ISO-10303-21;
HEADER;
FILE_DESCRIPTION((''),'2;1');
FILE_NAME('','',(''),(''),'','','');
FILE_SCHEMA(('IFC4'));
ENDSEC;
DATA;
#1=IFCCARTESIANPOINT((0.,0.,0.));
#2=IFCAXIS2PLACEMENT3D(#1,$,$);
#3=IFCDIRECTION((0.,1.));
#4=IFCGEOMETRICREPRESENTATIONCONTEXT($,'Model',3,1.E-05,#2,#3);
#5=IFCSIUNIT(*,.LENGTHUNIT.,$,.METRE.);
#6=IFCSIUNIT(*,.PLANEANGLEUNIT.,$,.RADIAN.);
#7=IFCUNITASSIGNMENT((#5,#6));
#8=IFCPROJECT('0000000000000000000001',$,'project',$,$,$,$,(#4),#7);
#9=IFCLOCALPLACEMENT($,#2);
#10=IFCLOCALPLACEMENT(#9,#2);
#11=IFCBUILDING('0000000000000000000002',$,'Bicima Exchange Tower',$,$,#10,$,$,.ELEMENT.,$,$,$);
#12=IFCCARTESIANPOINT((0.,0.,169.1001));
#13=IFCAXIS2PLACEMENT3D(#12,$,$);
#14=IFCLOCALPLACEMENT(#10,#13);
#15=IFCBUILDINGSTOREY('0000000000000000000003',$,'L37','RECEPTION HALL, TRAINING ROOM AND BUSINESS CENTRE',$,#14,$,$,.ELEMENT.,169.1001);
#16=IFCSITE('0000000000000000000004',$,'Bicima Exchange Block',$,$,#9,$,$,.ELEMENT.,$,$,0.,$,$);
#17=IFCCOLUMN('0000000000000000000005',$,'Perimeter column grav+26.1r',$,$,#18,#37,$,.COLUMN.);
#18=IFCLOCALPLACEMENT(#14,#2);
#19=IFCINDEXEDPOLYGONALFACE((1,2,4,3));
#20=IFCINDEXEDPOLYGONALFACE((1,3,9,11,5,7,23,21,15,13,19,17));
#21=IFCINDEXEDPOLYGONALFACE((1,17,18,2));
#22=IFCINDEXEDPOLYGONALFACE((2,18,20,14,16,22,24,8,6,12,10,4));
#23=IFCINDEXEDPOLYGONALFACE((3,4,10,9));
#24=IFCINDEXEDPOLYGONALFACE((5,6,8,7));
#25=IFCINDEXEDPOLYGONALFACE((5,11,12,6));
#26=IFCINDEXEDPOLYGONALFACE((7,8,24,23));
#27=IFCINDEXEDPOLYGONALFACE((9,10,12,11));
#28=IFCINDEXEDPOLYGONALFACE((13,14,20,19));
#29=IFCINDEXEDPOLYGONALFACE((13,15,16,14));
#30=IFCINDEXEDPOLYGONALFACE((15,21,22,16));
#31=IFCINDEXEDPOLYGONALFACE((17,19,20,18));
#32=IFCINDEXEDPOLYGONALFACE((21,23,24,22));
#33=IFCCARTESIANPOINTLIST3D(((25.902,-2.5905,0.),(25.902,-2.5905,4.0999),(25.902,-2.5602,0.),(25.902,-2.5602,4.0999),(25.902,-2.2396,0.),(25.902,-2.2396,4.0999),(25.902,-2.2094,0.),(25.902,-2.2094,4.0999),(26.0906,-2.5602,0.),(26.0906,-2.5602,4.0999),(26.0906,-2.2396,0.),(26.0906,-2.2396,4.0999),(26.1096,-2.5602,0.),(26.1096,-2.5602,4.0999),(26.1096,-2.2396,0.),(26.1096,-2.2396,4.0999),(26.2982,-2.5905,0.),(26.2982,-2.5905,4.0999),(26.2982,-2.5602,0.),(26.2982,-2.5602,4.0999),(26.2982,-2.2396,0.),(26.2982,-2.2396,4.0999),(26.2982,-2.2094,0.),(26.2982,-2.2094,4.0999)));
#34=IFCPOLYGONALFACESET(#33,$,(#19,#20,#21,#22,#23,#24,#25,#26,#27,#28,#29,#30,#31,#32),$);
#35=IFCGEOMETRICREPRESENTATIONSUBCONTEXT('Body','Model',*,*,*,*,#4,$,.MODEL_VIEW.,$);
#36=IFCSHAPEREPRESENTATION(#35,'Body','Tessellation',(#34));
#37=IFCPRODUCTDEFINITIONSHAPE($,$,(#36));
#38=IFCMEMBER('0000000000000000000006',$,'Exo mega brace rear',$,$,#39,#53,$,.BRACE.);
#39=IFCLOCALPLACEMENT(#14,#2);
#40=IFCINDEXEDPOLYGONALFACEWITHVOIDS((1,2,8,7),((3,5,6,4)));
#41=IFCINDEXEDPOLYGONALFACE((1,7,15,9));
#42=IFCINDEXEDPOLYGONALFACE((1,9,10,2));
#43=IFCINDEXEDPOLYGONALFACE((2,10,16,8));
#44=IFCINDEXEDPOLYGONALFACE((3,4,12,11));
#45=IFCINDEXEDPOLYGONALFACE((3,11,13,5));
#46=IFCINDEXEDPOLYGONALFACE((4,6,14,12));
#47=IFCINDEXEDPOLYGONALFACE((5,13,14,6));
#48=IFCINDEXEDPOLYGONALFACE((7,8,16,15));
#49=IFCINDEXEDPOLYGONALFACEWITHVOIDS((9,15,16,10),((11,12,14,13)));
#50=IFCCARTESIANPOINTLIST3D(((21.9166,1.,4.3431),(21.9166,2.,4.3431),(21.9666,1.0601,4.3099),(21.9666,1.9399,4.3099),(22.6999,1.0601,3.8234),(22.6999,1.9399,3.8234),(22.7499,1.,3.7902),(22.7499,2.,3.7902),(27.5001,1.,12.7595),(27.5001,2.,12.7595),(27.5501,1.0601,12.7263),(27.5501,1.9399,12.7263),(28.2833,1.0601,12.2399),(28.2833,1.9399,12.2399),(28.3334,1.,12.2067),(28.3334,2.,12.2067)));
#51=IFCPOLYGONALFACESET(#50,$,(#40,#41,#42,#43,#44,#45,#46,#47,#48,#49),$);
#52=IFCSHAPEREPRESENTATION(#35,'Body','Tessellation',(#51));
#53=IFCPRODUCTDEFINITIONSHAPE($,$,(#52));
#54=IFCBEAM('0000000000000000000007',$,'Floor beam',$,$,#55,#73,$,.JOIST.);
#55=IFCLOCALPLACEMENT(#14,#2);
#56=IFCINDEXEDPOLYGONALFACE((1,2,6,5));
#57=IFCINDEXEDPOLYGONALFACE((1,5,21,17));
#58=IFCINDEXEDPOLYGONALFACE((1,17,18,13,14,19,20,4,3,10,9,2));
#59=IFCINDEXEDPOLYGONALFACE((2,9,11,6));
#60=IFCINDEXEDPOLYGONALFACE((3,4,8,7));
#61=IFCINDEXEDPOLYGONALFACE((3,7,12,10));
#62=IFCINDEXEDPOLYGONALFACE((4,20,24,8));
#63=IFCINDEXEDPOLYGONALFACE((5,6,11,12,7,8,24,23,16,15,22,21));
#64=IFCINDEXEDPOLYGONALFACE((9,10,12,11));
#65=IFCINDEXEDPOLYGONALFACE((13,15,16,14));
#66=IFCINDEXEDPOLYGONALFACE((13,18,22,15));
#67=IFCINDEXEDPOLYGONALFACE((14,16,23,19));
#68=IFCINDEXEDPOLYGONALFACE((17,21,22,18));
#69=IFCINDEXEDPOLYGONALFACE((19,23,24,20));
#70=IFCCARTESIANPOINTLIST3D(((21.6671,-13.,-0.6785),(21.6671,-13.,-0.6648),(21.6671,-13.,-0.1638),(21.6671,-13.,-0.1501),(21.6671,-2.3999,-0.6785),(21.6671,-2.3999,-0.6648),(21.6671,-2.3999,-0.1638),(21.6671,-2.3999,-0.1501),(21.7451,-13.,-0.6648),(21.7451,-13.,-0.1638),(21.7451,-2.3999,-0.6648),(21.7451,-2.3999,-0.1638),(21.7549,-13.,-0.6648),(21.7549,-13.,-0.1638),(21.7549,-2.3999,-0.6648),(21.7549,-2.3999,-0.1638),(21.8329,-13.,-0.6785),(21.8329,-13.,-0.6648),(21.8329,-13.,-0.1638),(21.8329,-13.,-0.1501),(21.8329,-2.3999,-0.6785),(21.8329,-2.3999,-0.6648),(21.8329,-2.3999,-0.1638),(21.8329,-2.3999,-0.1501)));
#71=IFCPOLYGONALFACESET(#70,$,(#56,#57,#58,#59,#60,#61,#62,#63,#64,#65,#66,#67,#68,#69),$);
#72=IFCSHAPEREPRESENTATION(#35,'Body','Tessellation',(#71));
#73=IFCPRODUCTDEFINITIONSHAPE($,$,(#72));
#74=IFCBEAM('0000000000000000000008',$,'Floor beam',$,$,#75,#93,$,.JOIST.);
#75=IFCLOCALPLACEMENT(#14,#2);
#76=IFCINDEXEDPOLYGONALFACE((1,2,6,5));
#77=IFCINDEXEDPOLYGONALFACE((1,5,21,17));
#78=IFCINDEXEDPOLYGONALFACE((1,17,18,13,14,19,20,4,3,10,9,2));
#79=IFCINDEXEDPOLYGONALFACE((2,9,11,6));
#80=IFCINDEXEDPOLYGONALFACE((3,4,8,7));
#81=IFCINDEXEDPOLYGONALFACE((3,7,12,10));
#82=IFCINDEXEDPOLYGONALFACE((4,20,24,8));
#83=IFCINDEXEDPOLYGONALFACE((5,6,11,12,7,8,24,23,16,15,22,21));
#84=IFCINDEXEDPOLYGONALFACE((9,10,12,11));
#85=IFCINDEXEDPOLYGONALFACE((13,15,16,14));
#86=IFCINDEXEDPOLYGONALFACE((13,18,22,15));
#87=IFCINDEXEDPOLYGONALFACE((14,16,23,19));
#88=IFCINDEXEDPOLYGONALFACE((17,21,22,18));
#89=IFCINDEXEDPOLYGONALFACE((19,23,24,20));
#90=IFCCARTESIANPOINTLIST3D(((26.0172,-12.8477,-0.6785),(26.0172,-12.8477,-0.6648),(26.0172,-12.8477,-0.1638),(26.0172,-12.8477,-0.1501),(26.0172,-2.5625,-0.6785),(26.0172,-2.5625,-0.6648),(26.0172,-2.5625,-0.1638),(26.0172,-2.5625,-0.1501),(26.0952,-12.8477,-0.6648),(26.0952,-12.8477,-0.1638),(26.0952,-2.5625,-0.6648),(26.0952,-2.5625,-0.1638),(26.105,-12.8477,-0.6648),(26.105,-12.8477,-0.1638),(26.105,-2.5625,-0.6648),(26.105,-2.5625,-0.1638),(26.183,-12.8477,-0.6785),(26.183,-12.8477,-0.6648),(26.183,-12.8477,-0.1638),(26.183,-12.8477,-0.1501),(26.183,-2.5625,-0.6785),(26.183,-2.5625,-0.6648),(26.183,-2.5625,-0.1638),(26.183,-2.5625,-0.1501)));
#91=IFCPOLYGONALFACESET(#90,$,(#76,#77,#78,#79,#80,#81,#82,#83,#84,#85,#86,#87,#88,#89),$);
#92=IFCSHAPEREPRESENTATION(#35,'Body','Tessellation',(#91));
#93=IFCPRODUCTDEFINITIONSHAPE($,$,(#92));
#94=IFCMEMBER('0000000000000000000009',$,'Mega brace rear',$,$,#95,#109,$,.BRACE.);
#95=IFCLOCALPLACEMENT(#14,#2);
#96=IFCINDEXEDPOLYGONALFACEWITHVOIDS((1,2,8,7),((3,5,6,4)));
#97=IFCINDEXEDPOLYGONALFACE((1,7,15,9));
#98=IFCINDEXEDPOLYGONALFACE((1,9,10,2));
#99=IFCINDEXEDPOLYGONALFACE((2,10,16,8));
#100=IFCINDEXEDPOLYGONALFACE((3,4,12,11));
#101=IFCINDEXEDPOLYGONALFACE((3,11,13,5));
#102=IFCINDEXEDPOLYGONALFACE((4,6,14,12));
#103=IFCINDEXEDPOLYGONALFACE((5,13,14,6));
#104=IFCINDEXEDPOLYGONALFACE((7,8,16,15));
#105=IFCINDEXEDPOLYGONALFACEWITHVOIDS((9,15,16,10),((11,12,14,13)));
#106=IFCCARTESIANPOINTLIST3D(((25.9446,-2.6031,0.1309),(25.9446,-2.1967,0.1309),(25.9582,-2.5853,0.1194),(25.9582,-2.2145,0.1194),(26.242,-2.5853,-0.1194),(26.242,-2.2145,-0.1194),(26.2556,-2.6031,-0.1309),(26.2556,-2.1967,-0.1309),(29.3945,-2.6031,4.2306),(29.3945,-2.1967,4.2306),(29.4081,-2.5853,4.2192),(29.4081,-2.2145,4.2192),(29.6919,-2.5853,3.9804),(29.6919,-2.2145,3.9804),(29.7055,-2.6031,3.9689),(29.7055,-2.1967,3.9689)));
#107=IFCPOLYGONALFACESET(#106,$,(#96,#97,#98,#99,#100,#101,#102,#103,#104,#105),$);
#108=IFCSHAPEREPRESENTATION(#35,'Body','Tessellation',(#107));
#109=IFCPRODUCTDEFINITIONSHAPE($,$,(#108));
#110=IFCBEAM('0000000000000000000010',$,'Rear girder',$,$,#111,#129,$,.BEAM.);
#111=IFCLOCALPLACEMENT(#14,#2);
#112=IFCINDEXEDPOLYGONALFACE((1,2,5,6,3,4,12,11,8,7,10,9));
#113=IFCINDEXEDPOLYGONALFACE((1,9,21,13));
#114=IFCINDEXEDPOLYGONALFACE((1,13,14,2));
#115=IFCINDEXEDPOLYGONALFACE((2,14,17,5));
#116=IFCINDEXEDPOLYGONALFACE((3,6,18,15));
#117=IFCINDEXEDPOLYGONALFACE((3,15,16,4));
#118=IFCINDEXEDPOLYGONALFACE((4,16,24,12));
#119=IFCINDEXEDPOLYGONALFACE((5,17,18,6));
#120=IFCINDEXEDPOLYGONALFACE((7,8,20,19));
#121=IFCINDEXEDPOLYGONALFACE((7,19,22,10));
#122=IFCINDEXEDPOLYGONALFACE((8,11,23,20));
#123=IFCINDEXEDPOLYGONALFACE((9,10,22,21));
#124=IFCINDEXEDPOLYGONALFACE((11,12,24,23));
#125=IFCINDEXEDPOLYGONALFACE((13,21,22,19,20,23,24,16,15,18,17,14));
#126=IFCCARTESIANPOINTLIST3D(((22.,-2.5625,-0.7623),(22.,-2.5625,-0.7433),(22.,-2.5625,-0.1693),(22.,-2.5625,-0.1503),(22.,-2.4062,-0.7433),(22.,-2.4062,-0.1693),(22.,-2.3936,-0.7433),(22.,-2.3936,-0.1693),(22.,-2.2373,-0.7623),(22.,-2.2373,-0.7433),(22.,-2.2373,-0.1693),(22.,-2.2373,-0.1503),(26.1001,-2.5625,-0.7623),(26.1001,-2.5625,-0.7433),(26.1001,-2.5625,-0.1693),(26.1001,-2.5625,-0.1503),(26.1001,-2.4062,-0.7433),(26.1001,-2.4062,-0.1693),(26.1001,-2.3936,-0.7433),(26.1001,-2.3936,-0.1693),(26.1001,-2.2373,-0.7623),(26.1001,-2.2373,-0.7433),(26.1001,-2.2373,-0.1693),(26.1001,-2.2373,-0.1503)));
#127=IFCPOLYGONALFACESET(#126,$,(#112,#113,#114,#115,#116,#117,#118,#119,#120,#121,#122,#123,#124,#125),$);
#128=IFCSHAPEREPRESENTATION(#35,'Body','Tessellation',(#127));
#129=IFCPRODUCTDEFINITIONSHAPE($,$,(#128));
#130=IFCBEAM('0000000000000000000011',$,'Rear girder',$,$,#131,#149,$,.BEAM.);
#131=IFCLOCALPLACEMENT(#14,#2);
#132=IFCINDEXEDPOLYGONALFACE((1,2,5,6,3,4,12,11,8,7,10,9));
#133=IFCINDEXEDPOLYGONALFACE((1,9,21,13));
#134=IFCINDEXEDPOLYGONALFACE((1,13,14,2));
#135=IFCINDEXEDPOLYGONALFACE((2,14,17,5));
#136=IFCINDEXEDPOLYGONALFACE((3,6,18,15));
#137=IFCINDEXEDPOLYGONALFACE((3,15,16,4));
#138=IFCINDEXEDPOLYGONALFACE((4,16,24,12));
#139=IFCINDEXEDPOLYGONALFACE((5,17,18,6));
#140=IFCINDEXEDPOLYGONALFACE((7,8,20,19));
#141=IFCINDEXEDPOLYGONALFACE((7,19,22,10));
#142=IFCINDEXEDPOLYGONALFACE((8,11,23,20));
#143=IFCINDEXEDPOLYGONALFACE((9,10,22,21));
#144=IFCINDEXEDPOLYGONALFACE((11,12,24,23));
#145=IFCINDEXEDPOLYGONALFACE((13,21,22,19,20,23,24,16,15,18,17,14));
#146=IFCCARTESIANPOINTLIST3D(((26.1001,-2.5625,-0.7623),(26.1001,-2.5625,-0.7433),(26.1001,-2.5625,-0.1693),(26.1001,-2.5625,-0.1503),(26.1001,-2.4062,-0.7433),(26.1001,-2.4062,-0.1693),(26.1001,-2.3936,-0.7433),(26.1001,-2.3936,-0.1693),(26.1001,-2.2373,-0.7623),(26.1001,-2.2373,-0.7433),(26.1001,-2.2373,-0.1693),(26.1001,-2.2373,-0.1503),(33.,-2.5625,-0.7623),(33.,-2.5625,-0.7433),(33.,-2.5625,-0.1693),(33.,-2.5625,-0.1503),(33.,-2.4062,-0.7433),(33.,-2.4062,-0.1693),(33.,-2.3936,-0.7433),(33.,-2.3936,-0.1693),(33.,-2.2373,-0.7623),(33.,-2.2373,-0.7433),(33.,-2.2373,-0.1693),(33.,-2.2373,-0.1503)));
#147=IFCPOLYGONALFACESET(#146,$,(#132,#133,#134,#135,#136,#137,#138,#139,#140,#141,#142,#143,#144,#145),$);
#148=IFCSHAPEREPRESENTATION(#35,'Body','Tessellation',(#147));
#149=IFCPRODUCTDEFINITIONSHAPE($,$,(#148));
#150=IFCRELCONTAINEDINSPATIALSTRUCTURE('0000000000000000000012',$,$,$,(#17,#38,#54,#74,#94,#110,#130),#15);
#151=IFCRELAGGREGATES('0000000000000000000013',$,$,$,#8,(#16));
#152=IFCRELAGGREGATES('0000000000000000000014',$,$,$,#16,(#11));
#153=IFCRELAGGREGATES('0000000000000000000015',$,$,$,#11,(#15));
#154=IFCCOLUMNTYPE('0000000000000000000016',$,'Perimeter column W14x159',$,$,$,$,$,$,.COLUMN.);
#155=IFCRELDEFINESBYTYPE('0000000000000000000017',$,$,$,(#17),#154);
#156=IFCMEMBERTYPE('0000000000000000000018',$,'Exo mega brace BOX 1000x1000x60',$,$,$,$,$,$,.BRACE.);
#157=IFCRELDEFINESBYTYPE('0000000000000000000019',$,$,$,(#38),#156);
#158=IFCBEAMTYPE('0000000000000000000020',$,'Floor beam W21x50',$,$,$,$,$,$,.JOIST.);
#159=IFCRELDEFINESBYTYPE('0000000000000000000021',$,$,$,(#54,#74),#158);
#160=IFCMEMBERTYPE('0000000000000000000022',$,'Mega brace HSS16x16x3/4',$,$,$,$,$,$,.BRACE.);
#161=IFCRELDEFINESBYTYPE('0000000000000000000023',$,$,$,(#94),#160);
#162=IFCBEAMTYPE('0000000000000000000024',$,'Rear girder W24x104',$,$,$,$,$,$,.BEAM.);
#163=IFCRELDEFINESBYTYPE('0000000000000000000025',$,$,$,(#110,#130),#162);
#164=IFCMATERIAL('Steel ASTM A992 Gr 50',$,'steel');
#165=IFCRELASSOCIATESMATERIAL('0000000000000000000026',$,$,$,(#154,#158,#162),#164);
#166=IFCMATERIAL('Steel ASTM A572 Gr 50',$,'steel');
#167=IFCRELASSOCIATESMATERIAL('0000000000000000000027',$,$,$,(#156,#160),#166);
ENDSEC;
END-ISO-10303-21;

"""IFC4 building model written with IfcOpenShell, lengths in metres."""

from ifc_helpers import new_model, si_unit, direction, frame, origin, origin_2d, place, context, subcontext, project, spatial, hollow_rectangle, i_section, extrude, material, material_profile, profile_set, type_object, element, save


model = new_model("IFC4")

# Units and contexts
model_context = context("Model", 3, precision=1e-05, world=origin(), true_north=direction((0.0, 1.0)))
body_context = subcontext(model_context, "Body", "Model", "MODEL_VIEW")
ifc_project = project(units=[si_unit("LENGTHUNIT", "METRE"), si_unit("PLANEANGLEUNIT", "RADIAN")], contexts=[model_context])

# Site, building, storey
site_placement = place(None, origin())
site = spatial("IfcSite", under=ifc_project, at=site_placement, Name="Bicima Exchange Block", CompositionType="ELEMENT", RefElevation=0.0)
building_placement = place(site_placement, origin())
building = spatial("IfcBuilding", under=site, at=building_placement, Name="Bicima Exchange Tower", CompositionType="ELEMENT")
storey_placement = place(building_placement, frame((0.0, 0.0, 169.1001)))
storey = spatial("IfcBuildingStorey", under=building, at=storey_placement, Name="L37", Description="RECEPTION HALL, TRAINING ROOM AND BUSINESS CENTRE", CompositionType="ELEMENT", Elevation=169.1001)

# Column
ifc_material_1 = material(Name="Steel ASTM A992 Gr 50", Category="steel")
ifc_material_profile_1 = material_profile(ifc_material_1, i_section(OverallWidth=0.3962, OverallDepth=0.3811, WebThickness=0.019, FlangeThickness=0.0303, at=origin_2d()))
ifc_profile_set_1 = profile_set([ifc_material_profile_1], Name="Steel ASTM A992 Gr 50")
column_type = type_object("IfcColumnType", Name="Perimeter column W14x159", PredefinedType="COLUMN", material=ifc_profile_set_1)
column_placement = place(storey_placement, frame((26.1001, -2.3999, 0.0), z_axis=(0.0, 0.0, 1.0), x_axis=(1.0, 0.0, 0.0)))
element("IfcColumn", 1, at=column_placement, inside=storey, type_object=column_type, Name="Perimeter column grav+26.1r", PredefinedType="COLUMN", context=body_context, shape_type="SweptSolid", body=[
    extrude(i_section(OverallWidth=0.3962, OverallDepth=0.3811, WebThickness=0.019, FlangeThickness=0.0303, at=origin_2d()), origin(), (0.0, 0.0, 1.0), 4.0999),
])

# Member
ifc_material_2 = material(Name="Steel ASTM A572 Gr 50", Category="steel")
ifc_material_profile_2 = material_profile(ifc_material_2, hollow_rectangle(XDim=1.0, YDim=1.0, WallThickness=0.0601, at=origin_2d()))
ifc_profile_set_2 = profile_set([ifc_material_profile_2], Name="Steel ASTM A572 Gr 50")
member_type_1 = type_object("IfcMemberType", Name="Exo mega brace BOX 1000x1000x60", PredefinedType="BRACE", material=ifc_profile_set_2)
member_1_placement = place(storey_placement, frame((22.3333, 1.5, 4.0667), z_axis=(0.552813, 0.0, 0.833305), x_axis=(0.0, 1.0, 0.0)))
element("IfcMember", 2, at=member_1_placement, inside=storey, type_object=member_type_1, Name="Exo mega brace rear", PredefinedType="BRACE", context=body_context, shape_type="SweptSolid", body=[
    extrude(hollow_rectangle(XDim=1.0, YDim=1.0, WallThickness=0.0601, at=origin_2d()), origin(), (0.0, 0.0, 1.0), 10.1001),
])

# Beams
ifc_material_profile_3 = material_profile(ifc_material_1, i_section(OverallWidth=0.1658, OverallDepth=0.5283, WebThickness=0.0098, FlangeThickness=0.0137, at=origin_2d()))
ifc_profile_set_3 = profile_set([ifc_material_profile_3], Name="Steel ASTM A992 Gr 50")
beam_type_1 = type_object("IfcBeamType", Name="Floor beam W21x50", PredefinedType="JOIST", material=ifc_profile_set_3)
beam_1_placement = place(storey_placement, frame((21.75, -2.3999, -0.4143), z_axis=(0.0, -1.0, 0.0), x_axis=(1.0, 0.0, 0.0)))
element("IfcBeam", 3, at=beam_1_placement, inside=storey, type_object=beam_type_1, Name="Floor beam", PredefinedType="JOIST", context=body_context, shape_type="SweptSolid", body=[
    extrude(i_section(OverallWidth=0.1658, OverallDepth=0.5283, WebThickness=0.0098, FlangeThickness=0.0137, at=origin_2d()), origin(), (0.0, 0.0, 1.0), 10.6001),
])
beam_2_placement = place(storey_placement, frame((26.1001, -2.5625, -0.4143), z_axis=(0.0, -1.0, 0.0), x_axis=(1.0, 0.0, 0.0)))
element("IfcBeam", 4, at=beam_2_placement, inside=storey, type_object=beam_type_1, Name="Floor beam", PredefinedType="JOIST", context=body_context, shape_type="SweptSolid", body=[
    extrude(i_section(OverallWidth=0.1658, OverallDepth=0.5283, WebThickness=0.0098, FlangeThickness=0.0137, at=origin_2d()), origin(), (0.0, 0.0, 1.0), 10.2852),
])

# Member
ifc_material_profile_4 = material_profile(ifc_material_2, hollow_rectangle(XDim=0.4065, YDim=0.4065, WallThickness=0.0178, at=origin_2d()))
ifc_profile_set_4 = profile_set([ifc_material_profile_4], Name="Steel ASTM A572 Gr 50")
member_type_2 = type_object("IfcMemberType", Name="Mega brace HSS16x16x3/4", PredefinedType="BRACE", material=ifc_profile_set_4)
member_2_placement = place(storey_placement, frame((26.1001, -2.3999, 0.0), z_axis=(0.643856, 0.0, 0.765146), x_axis=(0.0, 1.0, 0.0)))
element("IfcMember", 5, at=member_2_placement, inside=storey, type_object=member_type_2, Name="Mega brace rear", PredefinedType="BRACE", context=body_context, shape_type="SweptSolid", body=[
    extrude(hollow_rectangle(XDim=0.4065, YDim=0.4065, WallThickness=0.0178, at=origin_2d()), origin(), (0.0, 0.0, 1.0), 5.3582),
])

# Beams
ifc_material_profile_5 = material_profile(ifc_material_1, i_section(OverallWidth=0.3252, OverallDepth=0.6121, WebThickness=0.0127, FlangeThickness=0.019, at=origin_2d()))
ifc_profile_set_5 = profile_set([ifc_material_profile_5], Name="Steel ASTM A992 Gr 50")
beam_type_2 = type_object("IfcBeamType", Name="Rear girder W24x104", PredefinedType="BEAM", material=ifc_profile_set_5)
beam_3_placement = place(storey_placement, frame((22.0, -2.3999, -0.4563), z_axis=(1.0, 0.0, 0.0), x_axis=(0.0, 1.0, 0.0)))
element("IfcBeam", 6, at=beam_3_placement, inside=storey, type_object=beam_type_2, Name="Rear girder", PredefinedType="BEAM", context=body_context, shape_type="SweptSolid", body=[
    extrude(i_section(OverallWidth=0.3252, OverallDepth=0.6121, WebThickness=0.0127, FlangeThickness=0.019, at=origin_2d()), origin(), (0.0, 0.0, 1.0), 4.1001),
])
beam_4_placement = place(storey_placement, frame((26.1001, -2.3999, -0.4563), z_axis=(1.0, 0.0, 0.0), x_axis=(0.0, 1.0, 0.0)))
element("IfcBeam", 7, at=beam_4_placement, inside=storey, type_object=beam_type_2, Name="Rear girder", PredefinedType="BEAM", context=body_context, shape_type="SweptSolid", body=[
    extrude(i_section(OverallWidth=0.3252, OverallDepth=0.6121, WebThickness=0.0127, FlangeThickness=0.019, at=origin_2d()), origin(), (0.0, 0.0, 1.0), 6.8999),
])

save(model, "model.ifc")
